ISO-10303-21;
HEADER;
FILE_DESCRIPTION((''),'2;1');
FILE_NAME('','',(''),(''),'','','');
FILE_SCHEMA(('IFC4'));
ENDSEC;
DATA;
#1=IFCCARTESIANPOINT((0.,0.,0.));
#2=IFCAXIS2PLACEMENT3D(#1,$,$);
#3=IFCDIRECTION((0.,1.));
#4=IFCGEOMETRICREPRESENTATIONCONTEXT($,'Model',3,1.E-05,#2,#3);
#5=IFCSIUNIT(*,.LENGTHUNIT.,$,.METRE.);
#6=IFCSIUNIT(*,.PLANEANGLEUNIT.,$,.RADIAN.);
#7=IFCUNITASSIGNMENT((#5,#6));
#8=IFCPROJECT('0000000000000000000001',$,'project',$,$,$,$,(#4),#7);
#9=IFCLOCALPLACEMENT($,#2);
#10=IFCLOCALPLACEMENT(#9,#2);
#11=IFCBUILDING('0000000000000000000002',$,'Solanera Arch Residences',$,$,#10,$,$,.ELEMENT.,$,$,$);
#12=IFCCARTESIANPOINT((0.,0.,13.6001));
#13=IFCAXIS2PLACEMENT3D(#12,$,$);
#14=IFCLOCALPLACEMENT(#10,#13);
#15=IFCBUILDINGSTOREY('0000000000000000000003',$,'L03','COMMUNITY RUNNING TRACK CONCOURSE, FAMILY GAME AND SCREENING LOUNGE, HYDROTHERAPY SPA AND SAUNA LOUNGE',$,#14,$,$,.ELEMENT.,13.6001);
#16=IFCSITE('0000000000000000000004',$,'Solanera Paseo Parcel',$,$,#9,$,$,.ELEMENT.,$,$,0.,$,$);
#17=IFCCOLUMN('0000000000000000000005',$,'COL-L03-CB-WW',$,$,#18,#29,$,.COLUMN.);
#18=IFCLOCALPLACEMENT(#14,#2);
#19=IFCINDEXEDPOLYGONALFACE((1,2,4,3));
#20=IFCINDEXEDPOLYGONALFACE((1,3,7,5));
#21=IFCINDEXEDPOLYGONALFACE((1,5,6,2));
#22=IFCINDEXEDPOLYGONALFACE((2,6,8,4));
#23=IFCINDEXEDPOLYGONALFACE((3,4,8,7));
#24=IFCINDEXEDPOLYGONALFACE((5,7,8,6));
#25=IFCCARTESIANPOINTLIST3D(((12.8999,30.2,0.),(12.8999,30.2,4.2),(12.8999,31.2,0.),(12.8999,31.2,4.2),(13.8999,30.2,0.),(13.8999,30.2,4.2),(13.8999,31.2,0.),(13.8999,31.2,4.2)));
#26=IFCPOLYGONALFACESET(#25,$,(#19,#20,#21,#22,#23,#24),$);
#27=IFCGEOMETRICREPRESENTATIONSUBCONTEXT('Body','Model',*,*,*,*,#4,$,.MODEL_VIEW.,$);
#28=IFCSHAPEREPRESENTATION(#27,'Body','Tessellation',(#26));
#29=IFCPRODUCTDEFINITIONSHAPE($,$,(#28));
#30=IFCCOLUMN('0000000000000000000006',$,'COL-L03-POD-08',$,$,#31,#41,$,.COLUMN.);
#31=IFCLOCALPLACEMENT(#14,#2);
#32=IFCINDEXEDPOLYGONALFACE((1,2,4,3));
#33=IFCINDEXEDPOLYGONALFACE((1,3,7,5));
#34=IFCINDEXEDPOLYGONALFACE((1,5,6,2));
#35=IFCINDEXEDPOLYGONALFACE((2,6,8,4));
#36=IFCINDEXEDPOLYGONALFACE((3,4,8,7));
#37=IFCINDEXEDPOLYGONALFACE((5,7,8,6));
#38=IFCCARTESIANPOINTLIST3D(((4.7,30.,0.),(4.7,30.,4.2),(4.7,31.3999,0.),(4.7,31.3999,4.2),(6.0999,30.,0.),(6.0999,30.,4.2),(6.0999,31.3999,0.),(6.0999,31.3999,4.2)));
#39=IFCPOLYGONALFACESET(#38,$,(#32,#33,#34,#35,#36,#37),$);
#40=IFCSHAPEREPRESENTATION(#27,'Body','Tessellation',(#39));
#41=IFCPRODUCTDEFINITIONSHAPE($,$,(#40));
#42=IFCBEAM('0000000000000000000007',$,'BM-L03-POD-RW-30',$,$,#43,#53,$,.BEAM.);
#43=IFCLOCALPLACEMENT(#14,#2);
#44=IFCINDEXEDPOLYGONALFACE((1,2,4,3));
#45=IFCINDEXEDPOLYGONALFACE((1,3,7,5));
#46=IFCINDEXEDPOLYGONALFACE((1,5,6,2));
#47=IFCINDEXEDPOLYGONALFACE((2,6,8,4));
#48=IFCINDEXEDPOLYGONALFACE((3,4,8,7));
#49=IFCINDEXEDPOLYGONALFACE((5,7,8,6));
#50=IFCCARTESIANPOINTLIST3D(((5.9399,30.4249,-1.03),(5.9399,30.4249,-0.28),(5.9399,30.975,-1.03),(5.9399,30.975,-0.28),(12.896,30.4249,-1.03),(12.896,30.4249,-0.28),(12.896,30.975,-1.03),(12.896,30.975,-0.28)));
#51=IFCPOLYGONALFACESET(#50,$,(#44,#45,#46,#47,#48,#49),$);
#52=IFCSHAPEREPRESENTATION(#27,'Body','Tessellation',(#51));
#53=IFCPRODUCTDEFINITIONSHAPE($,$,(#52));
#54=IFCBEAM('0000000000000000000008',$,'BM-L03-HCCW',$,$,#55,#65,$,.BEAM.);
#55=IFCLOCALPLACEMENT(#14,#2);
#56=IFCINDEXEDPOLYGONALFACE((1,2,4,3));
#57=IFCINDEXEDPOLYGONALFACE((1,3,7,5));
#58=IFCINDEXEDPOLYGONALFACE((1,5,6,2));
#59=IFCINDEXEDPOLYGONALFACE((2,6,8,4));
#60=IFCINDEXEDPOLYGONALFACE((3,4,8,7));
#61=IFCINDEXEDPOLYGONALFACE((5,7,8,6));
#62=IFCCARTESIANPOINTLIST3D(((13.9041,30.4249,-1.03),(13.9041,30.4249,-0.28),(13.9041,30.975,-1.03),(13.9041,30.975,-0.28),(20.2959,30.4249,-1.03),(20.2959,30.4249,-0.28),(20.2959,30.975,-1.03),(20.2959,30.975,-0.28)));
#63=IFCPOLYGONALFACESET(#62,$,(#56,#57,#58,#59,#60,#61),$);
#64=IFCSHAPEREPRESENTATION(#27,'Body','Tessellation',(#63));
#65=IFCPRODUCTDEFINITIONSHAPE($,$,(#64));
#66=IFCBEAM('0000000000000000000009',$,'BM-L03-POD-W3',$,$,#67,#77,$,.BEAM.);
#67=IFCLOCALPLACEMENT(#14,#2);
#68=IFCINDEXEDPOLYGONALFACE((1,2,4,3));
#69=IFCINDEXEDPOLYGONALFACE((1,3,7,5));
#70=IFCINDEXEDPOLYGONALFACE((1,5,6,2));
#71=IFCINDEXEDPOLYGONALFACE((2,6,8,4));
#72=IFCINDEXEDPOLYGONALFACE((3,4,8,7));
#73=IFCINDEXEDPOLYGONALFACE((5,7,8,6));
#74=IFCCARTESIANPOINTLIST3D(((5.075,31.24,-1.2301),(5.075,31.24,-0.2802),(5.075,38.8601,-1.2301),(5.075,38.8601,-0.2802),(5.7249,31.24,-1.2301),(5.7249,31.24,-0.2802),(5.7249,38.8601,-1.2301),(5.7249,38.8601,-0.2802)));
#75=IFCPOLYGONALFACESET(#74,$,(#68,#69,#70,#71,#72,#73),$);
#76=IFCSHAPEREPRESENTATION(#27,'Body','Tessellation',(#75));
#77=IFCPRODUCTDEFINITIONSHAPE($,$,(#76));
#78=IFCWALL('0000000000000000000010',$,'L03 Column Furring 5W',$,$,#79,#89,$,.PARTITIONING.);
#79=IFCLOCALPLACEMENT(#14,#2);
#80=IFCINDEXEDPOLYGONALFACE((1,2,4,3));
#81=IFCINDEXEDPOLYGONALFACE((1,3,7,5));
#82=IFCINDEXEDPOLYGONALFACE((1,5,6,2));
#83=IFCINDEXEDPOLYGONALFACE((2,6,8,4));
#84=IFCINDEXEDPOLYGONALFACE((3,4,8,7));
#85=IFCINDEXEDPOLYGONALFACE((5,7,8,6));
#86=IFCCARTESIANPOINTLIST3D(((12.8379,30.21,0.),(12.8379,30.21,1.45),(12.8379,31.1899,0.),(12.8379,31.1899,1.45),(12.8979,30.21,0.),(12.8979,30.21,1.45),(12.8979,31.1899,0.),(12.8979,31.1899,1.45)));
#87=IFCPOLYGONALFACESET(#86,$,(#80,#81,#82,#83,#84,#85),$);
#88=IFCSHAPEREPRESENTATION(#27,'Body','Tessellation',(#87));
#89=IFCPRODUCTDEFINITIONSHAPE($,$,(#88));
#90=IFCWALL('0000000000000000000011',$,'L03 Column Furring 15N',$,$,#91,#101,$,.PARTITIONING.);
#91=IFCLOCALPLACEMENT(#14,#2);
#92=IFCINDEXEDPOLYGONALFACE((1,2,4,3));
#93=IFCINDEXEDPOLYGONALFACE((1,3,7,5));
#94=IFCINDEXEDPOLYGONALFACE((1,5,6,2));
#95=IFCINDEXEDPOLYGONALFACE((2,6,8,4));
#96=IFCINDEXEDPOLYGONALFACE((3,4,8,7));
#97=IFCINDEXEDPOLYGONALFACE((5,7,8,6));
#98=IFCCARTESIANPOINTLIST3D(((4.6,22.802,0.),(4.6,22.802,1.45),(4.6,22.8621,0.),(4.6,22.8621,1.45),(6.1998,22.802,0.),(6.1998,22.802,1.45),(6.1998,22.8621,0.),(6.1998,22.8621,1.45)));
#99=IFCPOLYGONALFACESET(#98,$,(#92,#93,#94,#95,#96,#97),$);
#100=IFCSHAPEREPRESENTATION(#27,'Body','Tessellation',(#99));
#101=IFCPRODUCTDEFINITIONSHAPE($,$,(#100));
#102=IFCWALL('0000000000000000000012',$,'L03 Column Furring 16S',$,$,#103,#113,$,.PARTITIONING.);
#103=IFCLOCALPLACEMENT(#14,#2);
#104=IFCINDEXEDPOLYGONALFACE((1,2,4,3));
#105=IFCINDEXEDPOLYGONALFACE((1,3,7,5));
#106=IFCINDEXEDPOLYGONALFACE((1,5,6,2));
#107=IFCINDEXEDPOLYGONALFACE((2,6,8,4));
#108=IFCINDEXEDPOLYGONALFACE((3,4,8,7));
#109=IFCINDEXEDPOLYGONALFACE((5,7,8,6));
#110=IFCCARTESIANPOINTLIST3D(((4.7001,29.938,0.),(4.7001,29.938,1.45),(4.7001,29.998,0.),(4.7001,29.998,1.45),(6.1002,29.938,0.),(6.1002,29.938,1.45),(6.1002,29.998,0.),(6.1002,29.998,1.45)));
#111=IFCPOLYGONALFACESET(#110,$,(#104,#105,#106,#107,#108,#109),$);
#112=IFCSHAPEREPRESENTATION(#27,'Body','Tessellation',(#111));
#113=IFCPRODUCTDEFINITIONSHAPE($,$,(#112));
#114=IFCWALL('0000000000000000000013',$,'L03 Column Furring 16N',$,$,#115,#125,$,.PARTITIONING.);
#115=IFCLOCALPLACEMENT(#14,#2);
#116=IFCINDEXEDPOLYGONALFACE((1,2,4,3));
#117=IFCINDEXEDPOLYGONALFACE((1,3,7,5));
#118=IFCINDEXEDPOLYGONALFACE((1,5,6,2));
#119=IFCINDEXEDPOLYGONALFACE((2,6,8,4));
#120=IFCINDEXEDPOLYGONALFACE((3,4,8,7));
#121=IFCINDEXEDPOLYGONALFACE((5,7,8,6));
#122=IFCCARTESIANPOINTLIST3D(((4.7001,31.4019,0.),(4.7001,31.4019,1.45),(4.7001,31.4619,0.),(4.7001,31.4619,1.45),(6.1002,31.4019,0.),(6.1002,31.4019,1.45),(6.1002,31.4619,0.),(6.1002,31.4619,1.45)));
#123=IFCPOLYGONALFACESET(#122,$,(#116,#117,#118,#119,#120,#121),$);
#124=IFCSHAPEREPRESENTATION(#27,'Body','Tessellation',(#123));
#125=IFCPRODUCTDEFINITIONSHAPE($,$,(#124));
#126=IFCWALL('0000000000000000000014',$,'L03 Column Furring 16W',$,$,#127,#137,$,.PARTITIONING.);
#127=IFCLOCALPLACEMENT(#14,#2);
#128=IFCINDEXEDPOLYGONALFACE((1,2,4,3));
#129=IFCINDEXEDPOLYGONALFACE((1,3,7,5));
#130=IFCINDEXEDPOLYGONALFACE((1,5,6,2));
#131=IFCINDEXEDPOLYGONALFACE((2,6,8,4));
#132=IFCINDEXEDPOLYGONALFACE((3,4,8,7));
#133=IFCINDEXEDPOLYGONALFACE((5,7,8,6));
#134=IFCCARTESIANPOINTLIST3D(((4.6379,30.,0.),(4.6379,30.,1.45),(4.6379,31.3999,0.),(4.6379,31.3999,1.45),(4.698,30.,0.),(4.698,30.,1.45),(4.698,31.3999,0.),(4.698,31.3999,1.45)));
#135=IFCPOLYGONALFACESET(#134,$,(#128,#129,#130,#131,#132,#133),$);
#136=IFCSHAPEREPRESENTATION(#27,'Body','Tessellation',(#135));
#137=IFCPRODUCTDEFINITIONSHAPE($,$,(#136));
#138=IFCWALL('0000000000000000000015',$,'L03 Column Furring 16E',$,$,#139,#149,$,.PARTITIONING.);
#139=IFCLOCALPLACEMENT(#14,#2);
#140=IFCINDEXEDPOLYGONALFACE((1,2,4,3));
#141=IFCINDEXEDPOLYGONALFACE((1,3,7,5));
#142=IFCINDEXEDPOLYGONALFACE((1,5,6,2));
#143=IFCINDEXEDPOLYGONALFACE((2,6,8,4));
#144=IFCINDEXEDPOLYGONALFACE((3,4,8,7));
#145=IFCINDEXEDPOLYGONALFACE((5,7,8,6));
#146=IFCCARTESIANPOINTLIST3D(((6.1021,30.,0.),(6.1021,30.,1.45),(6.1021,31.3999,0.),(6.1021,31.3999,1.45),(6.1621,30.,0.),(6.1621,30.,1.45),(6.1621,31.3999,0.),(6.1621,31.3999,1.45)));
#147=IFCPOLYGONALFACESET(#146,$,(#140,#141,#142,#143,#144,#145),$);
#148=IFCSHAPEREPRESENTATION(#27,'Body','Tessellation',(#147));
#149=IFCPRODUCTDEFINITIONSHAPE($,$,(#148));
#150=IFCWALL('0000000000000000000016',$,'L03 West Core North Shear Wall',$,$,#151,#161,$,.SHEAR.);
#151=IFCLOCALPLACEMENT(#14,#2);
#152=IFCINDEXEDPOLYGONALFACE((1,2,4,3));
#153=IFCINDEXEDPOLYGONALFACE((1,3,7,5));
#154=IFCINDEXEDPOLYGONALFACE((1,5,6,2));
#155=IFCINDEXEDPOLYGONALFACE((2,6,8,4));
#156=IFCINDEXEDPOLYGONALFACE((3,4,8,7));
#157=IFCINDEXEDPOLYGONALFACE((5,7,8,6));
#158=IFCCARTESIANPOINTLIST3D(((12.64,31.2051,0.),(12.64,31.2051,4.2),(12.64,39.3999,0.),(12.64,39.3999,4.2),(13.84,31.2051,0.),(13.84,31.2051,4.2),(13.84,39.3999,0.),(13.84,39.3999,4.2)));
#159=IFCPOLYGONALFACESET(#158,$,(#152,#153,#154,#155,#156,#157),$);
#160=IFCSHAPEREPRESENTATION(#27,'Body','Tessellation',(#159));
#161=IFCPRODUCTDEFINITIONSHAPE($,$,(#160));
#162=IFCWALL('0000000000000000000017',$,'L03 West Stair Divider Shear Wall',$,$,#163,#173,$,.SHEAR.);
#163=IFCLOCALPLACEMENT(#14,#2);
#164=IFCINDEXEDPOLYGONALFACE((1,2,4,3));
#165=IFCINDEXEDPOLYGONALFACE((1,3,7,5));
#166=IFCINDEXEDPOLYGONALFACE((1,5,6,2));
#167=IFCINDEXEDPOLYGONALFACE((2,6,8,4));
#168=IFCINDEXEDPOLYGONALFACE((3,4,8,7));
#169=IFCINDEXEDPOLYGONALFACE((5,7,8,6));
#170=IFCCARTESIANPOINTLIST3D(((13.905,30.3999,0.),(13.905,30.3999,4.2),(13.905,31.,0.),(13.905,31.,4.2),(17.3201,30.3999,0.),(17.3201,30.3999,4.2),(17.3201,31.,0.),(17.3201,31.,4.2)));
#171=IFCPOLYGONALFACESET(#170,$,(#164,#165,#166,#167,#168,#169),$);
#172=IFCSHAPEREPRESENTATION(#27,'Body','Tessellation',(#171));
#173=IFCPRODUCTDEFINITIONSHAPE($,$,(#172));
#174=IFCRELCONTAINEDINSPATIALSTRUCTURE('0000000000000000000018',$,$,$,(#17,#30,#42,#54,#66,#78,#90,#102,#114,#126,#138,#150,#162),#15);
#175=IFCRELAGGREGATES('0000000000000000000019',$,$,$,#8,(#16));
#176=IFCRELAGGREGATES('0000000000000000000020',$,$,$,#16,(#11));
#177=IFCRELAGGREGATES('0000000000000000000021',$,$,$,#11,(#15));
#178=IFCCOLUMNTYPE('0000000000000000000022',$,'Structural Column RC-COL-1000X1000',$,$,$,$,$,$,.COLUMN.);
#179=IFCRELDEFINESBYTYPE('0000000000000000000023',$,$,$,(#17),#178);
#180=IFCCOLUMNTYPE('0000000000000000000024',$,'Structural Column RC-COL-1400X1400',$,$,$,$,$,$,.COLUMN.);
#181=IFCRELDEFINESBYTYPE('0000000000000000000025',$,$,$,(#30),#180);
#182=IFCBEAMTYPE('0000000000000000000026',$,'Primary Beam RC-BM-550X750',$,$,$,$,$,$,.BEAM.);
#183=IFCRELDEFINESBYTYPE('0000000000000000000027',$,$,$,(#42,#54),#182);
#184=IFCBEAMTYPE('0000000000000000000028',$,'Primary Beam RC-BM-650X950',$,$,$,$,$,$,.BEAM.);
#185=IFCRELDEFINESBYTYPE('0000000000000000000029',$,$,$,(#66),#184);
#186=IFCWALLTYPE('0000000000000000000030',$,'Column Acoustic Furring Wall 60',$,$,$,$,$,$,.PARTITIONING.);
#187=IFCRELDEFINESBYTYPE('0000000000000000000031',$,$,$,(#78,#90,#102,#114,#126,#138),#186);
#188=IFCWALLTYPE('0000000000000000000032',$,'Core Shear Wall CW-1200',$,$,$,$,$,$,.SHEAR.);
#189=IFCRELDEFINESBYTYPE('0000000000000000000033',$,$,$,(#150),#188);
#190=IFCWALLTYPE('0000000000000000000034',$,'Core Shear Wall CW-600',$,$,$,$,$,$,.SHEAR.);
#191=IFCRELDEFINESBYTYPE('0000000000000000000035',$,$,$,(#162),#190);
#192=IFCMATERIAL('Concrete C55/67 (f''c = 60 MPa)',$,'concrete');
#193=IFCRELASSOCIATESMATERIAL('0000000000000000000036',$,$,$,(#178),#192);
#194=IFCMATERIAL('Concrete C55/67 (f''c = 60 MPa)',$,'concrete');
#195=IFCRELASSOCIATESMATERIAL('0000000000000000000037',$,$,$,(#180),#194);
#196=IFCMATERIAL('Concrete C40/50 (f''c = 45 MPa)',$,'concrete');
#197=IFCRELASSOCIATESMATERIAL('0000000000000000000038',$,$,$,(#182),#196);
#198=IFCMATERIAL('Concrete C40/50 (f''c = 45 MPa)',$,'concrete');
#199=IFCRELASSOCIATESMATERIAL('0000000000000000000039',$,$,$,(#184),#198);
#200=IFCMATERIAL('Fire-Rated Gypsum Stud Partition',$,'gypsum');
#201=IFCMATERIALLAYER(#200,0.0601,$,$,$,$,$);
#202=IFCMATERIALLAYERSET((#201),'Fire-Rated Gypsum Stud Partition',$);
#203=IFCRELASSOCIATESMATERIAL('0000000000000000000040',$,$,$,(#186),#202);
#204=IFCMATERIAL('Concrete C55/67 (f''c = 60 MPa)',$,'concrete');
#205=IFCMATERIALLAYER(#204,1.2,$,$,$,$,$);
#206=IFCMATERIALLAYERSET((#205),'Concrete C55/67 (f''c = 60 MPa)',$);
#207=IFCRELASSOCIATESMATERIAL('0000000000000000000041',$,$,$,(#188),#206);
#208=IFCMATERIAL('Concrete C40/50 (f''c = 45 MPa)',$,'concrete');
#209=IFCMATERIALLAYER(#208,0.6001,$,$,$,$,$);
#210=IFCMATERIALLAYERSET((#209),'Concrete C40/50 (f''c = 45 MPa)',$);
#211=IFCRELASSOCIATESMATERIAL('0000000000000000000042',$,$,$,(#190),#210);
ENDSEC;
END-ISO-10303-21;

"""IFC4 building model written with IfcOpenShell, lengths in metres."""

from ifc_helpers import new_model, si_unit, direction, frame, frame_2d, origin, origin_2d, place, context, subcontext, project, spatial, rectangle, extrude, material, layer, layer_set, material_profile, profile_set, type_object, element, save


model = new_model("IFC4")

# Units and contexts
model_context = context("Model", 3, precision=1e-05, world=origin(), true_north=direction((0.0, 1.0)))
body_context = subcontext(model_context, "Body", "Model", "MODEL_VIEW")
ifc_project = project(units=[si_unit("LENGTHUNIT", "METRE"), si_unit("PLANEANGLEUNIT", "RADIAN")], contexts=[model_context])

# Site, building, storey
site_placement = place(None, origin())
site = spatial("IfcSite", under=ifc_project, at=site_placement, Name="Solanera Paseo Parcel", CompositionType="ELEMENT", RefElevation=0.0)
building_placement = place(site_placement, origin())
building = spatial("IfcBuilding", under=site, at=building_placement, Name="Solanera Arch Residences", CompositionType="ELEMENT")
storey_placement = place(building_placement, frame((0.0, 0.0, 13.6001)))
storey = spatial("IfcBuildingStorey", under=building, at=storey_placement, Name="L03", Description="COMMUNITY RUNNING TRACK CONCOURSE, FAMILY GAME AND SCREENING LOUNGE, HYDROTHERAPY SPA AND SAUNA LOUNGE", CompositionType="ELEMENT", Elevation=13.6001)

# Columns
ifc_material_1 = material(Name="Concrete C55/67 (f'c = 60 MPa)", Category="concrete")
ifc_material_profile_1 = material_profile(ifc_material_1, rectangle(XDim=1.0, YDim=1.0, at=origin_2d()))
ifc_profile_set_1 = profile_set([ifc_material_profile_1], Name="Concrete C55/67 (f'c = 60 MPa)")
column_type_1 = type_object("IfcColumnType", Name="Structural Column RC-COL-1000X1000", PredefinedType="COLUMN", material=ifc_profile_set_1)
column_1_placement = place(storey_placement, frame((13.3999, 30.7, 0.0), z_axis=(0.0, 0.0, 1.0), x_axis=(1.0, 0.0, 0.0)))
element("IfcColumn", 1, at=column_1_placement, inside=storey, type_object=column_type_1, Name="COL-L03-CB-WW", PredefinedType="COLUMN", context=body_context, shape_type="SweptSolid", body=[
    extrude(rectangle(XDim=1.0, YDim=1.0, at=origin_2d()), origin(), (0.0, 0.0, 1.0), 4.2),
])
ifc_material_2 = material(Name="Concrete C55/67 (f'c = 60 MPa)", Category="concrete")
ifc_material_profile_2 = material_profile(ifc_material_2, rectangle(XDim=1.3999, YDim=1.3999, at=origin_2d()))
ifc_profile_set_2 = profile_set([ifc_material_profile_2], Name="Concrete C55/67 (f'c = 60 MPa)")
column_type_2 = type_object("IfcColumnType", Name="Structural Column RC-COL-1400X1400", PredefinedType="COLUMN", material=ifc_profile_set_2)
column_2_placement = place(storey_placement, frame((5.3999, 30.7, 0.0), z_axis=(0.0, 0.0, 1.0), x_axis=(1.0, 0.0, 0.0)))
element("IfcColumn", 2, at=column_2_placement, inside=storey, type_object=column_type_2, Name="COL-L03-POD-08", PredefinedType="COLUMN", context=body_context, shape_type="SweptSolid", body=[
    extrude(rectangle(XDim=1.3999, YDim=1.3999, at=origin_2d()), origin(), (0.0, 0.0, 1.0), 4.2),
])

# Beams
ifc_material_3 = material(Name="Concrete C40/50 (f'c = 45 MPa)", Category="concrete")
ifc_material_profile_3 = material_profile(ifc_material_3, rectangle(XDim=0.55, YDim=0.75, at=origin_2d()))
ifc_profile_set_3 = profile_set([ifc_material_profile_3], Name="Concrete C40/50 (f'c = 45 MPa)")
beam_type_1 = type_object("IfcBeamType", Name="Primary Beam RC-BM-550X750", PredefinedType="BEAM", material=ifc_profile_set_3)
beam_1_placement = place(storey_placement, frame((5.9399, 30.7, -0.655), z_axis=(1.0, 0.0, 0.0), x_axis=(0.0, 1.0, 0.0)))
element("IfcBeam", 3, at=beam_1_placement, inside=storey, type_object=beam_type_1, Name="BM-L03-POD-RW-30", PredefinedType="BEAM", context=body_context, shape_type="SweptSolid", body=[
    extrude(rectangle(XDim=0.55, YDim=0.75, at=origin_2d()), origin(), (0.0, 0.0, 1.0), 6.9561),
])
beam_2_placement = place(storey_placement, frame((13.9041, 30.7, -0.655), z_axis=(1.0, 0.0, 0.0), x_axis=(0.0, 1.0, 0.0)))
element("IfcBeam", 4, at=beam_2_placement, inside=storey, type_object=beam_type_1, Name="BM-L03-HCCW", PredefinedType="BEAM", context=body_context, shape_type="SweptSolid", body=[
    extrude(rectangle(XDim=0.55, YDim=0.75, at=origin_2d()), origin(), (0.0, 0.0, 1.0), 6.3918),
])
ifc_material_4 = material(Name="Concrete C40/50 (f'c = 45 MPa)", Category="concrete")
ifc_material_profile_4 = material_profile(ifc_material_4, rectangle(XDim=0.6499, YDim=0.95, at=origin_2d()))
ifc_profile_set_4 = profile_set([ifc_material_profile_4], Name="Concrete C40/50 (f'c = 45 MPa)")
beam_type_2 = type_object("IfcBeamType", Name="Primary Beam RC-BM-650X950", PredefinedType="BEAM", material=ifc_profile_set_4)
beam_3_placement = place(storey_placement, frame((5.3999, 31.24, -0.7551), z_axis=(0.0, 1.0, 0.0), x_axis=(-1.0, 0.0, 0.0)))
element("IfcBeam", 5, at=beam_3_placement, inside=storey, type_object=beam_type_2, Name="BM-L03-POD-W3", PredefinedType="BEAM", context=body_context, shape_type="SweptSolid", body=[
    extrude(rectangle(XDim=0.6499, YDim=0.95, at=origin_2d()), origin(), (0.0, 0.0, 1.0), 7.6201),
])

# Walls
ifc_material_5 = material(Name="Fire-Rated Gypsum Stud Partition", Category="gypsum")
ifc_layer_1 = layer(ifc_material_5, 0.0601)
ifc_layer_set_1 = layer_set([ifc_layer_1], Name="Fire-Rated Gypsum Stud Partition")
wall_type_1 = type_object("IfcWallType", Name="Column Acoustic Furring Wall 60", PredefinedType="PARTITIONING", material=ifc_layer_set_1)
wall_1_placement = place(storey_placement, frame((12.8679, 30.21, 0.0), z_axis=(0.0, 0.0, 1.0), x_axis=(0.0, 1.0, 0.0)))
element("IfcWall", 6, at=wall_1_placement, inside=storey, type_object=wall_type_1, Name="L03 Column Furring 5W", PredefinedType="PARTITIONING", context=body_context, shape_type="SweptSolid", body=[
    extrude(rectangle(XDim=0.98, YDim=0.0601, at=frame_2d((0.49, 0.0))), origin(), (0.0, 0.0, 1.0), 1.45),
])
wall_2_placement = place(storey_placement, frame((4.6001, 22.832, 0.0), z_axis=(0.0, 0.0, 1.0), x_axis=(1.0, 0.0, 0.0)))
element("IfcWall", 7, at=wall_2_placement, inside=storey, type_object=wall_type_1, Name="L03 Column Furring 15N", PredefinedType="PARTITIONING", context=body_context, shape_type="SweptSolid", body=[
    extrude(rectangle(XDim=1.5999, YDim=0.0601, at=frame_2d((0.7998, 0.0))), origin(), (0.0, 0.0, 1.0), 1.45),
])
for number, where, z_axis, x_axis, name in (
    (8, (4.7, 29.968, 0.0), (0.0, 0.0, 1.0), (1.0, 0.0, 0.0), "L03 Column Furring 16S"),
    (9, (4.7, 31.4319, 0.0), (0.0, 0.0, 1.0), (1.0, 0.0, 0.0), "L03 Column Furring 16N"),
):
    element("IfcWall", number, at=place(storey_placement, frame(where, z_axis=z_axis, x_axis=x_axis)), inside=storey, type_object=wall_type_1, Name=name, PredefinedType="PARTITIONING", context=body_context, shape_type="SweptSolid", body=[
        extrude(rectangle(XDim=1.4001, YDim=0.0601, at=frame_2d((0.7002, 0.0))), origin(), (0.0, 0.0, 1.0), 1.45),
    ])
for number, where, z_axis, x_axis, name in (
    (10, (4.668, 30.0, 0.0), (0.0, 0.0, 1.0), (0.0, 1.0, 0.0), "L03 Column Furring 16W"),
    (11, (6.1321, 30.0, 0.0), (0.0, 0.0, 1.0), (0.0, 1.0, 0.0), "L03 Column Furring 16E"),
):
    element("IfcWall", number, at=place(storey_placement, frame(where, z_axis=z_axis, x_axis=x_axis)), inside=storey, type_object=wall_type_1, Name=name, PredefinedType="PARTITIONING", context=body_context, shape_type="SweptSolid", body=[
        extrude(rectangle(XDim=1.3999, YDim=0.0601, at=frame_2d((0.7, 0.0))), origin(), (0.0, 0.0, 1.0), 1.45),
    ])
ifc_material_6 = material(Name="Concrete C55/67 (f'c = 60 MPa)", Category="concrete")
ifc_layer_2 = layer(ifc_material_6, 1.2)
ifc_layer_set_2 = layer_set([ifc_layer_2], Name="Concrete C55/67 (f'c = 60 MPa)")
wall_type_2 = type_object("IfcWallType", Name="Core Shear Wall CW-1200", PredefinedType="SHEAR", material=ifc_layer_set_2)
wall_3_placement = place(storey_placement, frame((13.24, 31.2051, 0.0), z_axis=(0.0, 0.0, 1.0), x_axis=(0.0, 1.0, 0.0)))
element("IfcWall", 12, at=wall_3_placement, inside=storey, type_object=wall_type_2, Name="L03 West Core North Shear Wall", PredefinedType="SHEAR", context=body_context, shape_type="SweptSolid", body=[
    extrude(rectangle(XDim=8.1948, YDim=1.2, at=frame_2d((4.0974, 0.0))), origin(), (0.0, 0.0, 1.0), 4.2),
])
ifc_material_7 = material(Name="Concrete C40/50 (f'c = 45 MPa)", Category="concrete")
ifc_layer_3 = layer(ifc_material_7, 0.6001)
ifc_layer_set_3 = layer_set([ifc_layer_3], Name="Concrete C40/50 (f'c = 45 MPa)")
wall_type_3 = type_object("IfcWallType", Name="Core Shear Wall CW-600", PredefinedType="SHEAR", material=ifc_layer_set_3)
wall_4_placement = place(storey_placement, frame((13.905, 30.7, 0.0), z_axis=(0.0, 0.0, 1.0), x_axis=(1.0, 0.0, 0.0)))
element("IfcWall", 13, at=wall_4_placement, inside=storey, type_object=wall_type_3, Name="L03 West Stair Divider Shear Wall", PredefinedType="SHEAR", context=body_context, shape_type="SweptSolid", body=[
    extrude(rectangle(XDim=3.415, YDim=0.6001, at=frame_2d((1.7075, 0.0))), origin(), (0.0, 0.0, 1.0), 4.2),
])

save(model, "model.ifc")
